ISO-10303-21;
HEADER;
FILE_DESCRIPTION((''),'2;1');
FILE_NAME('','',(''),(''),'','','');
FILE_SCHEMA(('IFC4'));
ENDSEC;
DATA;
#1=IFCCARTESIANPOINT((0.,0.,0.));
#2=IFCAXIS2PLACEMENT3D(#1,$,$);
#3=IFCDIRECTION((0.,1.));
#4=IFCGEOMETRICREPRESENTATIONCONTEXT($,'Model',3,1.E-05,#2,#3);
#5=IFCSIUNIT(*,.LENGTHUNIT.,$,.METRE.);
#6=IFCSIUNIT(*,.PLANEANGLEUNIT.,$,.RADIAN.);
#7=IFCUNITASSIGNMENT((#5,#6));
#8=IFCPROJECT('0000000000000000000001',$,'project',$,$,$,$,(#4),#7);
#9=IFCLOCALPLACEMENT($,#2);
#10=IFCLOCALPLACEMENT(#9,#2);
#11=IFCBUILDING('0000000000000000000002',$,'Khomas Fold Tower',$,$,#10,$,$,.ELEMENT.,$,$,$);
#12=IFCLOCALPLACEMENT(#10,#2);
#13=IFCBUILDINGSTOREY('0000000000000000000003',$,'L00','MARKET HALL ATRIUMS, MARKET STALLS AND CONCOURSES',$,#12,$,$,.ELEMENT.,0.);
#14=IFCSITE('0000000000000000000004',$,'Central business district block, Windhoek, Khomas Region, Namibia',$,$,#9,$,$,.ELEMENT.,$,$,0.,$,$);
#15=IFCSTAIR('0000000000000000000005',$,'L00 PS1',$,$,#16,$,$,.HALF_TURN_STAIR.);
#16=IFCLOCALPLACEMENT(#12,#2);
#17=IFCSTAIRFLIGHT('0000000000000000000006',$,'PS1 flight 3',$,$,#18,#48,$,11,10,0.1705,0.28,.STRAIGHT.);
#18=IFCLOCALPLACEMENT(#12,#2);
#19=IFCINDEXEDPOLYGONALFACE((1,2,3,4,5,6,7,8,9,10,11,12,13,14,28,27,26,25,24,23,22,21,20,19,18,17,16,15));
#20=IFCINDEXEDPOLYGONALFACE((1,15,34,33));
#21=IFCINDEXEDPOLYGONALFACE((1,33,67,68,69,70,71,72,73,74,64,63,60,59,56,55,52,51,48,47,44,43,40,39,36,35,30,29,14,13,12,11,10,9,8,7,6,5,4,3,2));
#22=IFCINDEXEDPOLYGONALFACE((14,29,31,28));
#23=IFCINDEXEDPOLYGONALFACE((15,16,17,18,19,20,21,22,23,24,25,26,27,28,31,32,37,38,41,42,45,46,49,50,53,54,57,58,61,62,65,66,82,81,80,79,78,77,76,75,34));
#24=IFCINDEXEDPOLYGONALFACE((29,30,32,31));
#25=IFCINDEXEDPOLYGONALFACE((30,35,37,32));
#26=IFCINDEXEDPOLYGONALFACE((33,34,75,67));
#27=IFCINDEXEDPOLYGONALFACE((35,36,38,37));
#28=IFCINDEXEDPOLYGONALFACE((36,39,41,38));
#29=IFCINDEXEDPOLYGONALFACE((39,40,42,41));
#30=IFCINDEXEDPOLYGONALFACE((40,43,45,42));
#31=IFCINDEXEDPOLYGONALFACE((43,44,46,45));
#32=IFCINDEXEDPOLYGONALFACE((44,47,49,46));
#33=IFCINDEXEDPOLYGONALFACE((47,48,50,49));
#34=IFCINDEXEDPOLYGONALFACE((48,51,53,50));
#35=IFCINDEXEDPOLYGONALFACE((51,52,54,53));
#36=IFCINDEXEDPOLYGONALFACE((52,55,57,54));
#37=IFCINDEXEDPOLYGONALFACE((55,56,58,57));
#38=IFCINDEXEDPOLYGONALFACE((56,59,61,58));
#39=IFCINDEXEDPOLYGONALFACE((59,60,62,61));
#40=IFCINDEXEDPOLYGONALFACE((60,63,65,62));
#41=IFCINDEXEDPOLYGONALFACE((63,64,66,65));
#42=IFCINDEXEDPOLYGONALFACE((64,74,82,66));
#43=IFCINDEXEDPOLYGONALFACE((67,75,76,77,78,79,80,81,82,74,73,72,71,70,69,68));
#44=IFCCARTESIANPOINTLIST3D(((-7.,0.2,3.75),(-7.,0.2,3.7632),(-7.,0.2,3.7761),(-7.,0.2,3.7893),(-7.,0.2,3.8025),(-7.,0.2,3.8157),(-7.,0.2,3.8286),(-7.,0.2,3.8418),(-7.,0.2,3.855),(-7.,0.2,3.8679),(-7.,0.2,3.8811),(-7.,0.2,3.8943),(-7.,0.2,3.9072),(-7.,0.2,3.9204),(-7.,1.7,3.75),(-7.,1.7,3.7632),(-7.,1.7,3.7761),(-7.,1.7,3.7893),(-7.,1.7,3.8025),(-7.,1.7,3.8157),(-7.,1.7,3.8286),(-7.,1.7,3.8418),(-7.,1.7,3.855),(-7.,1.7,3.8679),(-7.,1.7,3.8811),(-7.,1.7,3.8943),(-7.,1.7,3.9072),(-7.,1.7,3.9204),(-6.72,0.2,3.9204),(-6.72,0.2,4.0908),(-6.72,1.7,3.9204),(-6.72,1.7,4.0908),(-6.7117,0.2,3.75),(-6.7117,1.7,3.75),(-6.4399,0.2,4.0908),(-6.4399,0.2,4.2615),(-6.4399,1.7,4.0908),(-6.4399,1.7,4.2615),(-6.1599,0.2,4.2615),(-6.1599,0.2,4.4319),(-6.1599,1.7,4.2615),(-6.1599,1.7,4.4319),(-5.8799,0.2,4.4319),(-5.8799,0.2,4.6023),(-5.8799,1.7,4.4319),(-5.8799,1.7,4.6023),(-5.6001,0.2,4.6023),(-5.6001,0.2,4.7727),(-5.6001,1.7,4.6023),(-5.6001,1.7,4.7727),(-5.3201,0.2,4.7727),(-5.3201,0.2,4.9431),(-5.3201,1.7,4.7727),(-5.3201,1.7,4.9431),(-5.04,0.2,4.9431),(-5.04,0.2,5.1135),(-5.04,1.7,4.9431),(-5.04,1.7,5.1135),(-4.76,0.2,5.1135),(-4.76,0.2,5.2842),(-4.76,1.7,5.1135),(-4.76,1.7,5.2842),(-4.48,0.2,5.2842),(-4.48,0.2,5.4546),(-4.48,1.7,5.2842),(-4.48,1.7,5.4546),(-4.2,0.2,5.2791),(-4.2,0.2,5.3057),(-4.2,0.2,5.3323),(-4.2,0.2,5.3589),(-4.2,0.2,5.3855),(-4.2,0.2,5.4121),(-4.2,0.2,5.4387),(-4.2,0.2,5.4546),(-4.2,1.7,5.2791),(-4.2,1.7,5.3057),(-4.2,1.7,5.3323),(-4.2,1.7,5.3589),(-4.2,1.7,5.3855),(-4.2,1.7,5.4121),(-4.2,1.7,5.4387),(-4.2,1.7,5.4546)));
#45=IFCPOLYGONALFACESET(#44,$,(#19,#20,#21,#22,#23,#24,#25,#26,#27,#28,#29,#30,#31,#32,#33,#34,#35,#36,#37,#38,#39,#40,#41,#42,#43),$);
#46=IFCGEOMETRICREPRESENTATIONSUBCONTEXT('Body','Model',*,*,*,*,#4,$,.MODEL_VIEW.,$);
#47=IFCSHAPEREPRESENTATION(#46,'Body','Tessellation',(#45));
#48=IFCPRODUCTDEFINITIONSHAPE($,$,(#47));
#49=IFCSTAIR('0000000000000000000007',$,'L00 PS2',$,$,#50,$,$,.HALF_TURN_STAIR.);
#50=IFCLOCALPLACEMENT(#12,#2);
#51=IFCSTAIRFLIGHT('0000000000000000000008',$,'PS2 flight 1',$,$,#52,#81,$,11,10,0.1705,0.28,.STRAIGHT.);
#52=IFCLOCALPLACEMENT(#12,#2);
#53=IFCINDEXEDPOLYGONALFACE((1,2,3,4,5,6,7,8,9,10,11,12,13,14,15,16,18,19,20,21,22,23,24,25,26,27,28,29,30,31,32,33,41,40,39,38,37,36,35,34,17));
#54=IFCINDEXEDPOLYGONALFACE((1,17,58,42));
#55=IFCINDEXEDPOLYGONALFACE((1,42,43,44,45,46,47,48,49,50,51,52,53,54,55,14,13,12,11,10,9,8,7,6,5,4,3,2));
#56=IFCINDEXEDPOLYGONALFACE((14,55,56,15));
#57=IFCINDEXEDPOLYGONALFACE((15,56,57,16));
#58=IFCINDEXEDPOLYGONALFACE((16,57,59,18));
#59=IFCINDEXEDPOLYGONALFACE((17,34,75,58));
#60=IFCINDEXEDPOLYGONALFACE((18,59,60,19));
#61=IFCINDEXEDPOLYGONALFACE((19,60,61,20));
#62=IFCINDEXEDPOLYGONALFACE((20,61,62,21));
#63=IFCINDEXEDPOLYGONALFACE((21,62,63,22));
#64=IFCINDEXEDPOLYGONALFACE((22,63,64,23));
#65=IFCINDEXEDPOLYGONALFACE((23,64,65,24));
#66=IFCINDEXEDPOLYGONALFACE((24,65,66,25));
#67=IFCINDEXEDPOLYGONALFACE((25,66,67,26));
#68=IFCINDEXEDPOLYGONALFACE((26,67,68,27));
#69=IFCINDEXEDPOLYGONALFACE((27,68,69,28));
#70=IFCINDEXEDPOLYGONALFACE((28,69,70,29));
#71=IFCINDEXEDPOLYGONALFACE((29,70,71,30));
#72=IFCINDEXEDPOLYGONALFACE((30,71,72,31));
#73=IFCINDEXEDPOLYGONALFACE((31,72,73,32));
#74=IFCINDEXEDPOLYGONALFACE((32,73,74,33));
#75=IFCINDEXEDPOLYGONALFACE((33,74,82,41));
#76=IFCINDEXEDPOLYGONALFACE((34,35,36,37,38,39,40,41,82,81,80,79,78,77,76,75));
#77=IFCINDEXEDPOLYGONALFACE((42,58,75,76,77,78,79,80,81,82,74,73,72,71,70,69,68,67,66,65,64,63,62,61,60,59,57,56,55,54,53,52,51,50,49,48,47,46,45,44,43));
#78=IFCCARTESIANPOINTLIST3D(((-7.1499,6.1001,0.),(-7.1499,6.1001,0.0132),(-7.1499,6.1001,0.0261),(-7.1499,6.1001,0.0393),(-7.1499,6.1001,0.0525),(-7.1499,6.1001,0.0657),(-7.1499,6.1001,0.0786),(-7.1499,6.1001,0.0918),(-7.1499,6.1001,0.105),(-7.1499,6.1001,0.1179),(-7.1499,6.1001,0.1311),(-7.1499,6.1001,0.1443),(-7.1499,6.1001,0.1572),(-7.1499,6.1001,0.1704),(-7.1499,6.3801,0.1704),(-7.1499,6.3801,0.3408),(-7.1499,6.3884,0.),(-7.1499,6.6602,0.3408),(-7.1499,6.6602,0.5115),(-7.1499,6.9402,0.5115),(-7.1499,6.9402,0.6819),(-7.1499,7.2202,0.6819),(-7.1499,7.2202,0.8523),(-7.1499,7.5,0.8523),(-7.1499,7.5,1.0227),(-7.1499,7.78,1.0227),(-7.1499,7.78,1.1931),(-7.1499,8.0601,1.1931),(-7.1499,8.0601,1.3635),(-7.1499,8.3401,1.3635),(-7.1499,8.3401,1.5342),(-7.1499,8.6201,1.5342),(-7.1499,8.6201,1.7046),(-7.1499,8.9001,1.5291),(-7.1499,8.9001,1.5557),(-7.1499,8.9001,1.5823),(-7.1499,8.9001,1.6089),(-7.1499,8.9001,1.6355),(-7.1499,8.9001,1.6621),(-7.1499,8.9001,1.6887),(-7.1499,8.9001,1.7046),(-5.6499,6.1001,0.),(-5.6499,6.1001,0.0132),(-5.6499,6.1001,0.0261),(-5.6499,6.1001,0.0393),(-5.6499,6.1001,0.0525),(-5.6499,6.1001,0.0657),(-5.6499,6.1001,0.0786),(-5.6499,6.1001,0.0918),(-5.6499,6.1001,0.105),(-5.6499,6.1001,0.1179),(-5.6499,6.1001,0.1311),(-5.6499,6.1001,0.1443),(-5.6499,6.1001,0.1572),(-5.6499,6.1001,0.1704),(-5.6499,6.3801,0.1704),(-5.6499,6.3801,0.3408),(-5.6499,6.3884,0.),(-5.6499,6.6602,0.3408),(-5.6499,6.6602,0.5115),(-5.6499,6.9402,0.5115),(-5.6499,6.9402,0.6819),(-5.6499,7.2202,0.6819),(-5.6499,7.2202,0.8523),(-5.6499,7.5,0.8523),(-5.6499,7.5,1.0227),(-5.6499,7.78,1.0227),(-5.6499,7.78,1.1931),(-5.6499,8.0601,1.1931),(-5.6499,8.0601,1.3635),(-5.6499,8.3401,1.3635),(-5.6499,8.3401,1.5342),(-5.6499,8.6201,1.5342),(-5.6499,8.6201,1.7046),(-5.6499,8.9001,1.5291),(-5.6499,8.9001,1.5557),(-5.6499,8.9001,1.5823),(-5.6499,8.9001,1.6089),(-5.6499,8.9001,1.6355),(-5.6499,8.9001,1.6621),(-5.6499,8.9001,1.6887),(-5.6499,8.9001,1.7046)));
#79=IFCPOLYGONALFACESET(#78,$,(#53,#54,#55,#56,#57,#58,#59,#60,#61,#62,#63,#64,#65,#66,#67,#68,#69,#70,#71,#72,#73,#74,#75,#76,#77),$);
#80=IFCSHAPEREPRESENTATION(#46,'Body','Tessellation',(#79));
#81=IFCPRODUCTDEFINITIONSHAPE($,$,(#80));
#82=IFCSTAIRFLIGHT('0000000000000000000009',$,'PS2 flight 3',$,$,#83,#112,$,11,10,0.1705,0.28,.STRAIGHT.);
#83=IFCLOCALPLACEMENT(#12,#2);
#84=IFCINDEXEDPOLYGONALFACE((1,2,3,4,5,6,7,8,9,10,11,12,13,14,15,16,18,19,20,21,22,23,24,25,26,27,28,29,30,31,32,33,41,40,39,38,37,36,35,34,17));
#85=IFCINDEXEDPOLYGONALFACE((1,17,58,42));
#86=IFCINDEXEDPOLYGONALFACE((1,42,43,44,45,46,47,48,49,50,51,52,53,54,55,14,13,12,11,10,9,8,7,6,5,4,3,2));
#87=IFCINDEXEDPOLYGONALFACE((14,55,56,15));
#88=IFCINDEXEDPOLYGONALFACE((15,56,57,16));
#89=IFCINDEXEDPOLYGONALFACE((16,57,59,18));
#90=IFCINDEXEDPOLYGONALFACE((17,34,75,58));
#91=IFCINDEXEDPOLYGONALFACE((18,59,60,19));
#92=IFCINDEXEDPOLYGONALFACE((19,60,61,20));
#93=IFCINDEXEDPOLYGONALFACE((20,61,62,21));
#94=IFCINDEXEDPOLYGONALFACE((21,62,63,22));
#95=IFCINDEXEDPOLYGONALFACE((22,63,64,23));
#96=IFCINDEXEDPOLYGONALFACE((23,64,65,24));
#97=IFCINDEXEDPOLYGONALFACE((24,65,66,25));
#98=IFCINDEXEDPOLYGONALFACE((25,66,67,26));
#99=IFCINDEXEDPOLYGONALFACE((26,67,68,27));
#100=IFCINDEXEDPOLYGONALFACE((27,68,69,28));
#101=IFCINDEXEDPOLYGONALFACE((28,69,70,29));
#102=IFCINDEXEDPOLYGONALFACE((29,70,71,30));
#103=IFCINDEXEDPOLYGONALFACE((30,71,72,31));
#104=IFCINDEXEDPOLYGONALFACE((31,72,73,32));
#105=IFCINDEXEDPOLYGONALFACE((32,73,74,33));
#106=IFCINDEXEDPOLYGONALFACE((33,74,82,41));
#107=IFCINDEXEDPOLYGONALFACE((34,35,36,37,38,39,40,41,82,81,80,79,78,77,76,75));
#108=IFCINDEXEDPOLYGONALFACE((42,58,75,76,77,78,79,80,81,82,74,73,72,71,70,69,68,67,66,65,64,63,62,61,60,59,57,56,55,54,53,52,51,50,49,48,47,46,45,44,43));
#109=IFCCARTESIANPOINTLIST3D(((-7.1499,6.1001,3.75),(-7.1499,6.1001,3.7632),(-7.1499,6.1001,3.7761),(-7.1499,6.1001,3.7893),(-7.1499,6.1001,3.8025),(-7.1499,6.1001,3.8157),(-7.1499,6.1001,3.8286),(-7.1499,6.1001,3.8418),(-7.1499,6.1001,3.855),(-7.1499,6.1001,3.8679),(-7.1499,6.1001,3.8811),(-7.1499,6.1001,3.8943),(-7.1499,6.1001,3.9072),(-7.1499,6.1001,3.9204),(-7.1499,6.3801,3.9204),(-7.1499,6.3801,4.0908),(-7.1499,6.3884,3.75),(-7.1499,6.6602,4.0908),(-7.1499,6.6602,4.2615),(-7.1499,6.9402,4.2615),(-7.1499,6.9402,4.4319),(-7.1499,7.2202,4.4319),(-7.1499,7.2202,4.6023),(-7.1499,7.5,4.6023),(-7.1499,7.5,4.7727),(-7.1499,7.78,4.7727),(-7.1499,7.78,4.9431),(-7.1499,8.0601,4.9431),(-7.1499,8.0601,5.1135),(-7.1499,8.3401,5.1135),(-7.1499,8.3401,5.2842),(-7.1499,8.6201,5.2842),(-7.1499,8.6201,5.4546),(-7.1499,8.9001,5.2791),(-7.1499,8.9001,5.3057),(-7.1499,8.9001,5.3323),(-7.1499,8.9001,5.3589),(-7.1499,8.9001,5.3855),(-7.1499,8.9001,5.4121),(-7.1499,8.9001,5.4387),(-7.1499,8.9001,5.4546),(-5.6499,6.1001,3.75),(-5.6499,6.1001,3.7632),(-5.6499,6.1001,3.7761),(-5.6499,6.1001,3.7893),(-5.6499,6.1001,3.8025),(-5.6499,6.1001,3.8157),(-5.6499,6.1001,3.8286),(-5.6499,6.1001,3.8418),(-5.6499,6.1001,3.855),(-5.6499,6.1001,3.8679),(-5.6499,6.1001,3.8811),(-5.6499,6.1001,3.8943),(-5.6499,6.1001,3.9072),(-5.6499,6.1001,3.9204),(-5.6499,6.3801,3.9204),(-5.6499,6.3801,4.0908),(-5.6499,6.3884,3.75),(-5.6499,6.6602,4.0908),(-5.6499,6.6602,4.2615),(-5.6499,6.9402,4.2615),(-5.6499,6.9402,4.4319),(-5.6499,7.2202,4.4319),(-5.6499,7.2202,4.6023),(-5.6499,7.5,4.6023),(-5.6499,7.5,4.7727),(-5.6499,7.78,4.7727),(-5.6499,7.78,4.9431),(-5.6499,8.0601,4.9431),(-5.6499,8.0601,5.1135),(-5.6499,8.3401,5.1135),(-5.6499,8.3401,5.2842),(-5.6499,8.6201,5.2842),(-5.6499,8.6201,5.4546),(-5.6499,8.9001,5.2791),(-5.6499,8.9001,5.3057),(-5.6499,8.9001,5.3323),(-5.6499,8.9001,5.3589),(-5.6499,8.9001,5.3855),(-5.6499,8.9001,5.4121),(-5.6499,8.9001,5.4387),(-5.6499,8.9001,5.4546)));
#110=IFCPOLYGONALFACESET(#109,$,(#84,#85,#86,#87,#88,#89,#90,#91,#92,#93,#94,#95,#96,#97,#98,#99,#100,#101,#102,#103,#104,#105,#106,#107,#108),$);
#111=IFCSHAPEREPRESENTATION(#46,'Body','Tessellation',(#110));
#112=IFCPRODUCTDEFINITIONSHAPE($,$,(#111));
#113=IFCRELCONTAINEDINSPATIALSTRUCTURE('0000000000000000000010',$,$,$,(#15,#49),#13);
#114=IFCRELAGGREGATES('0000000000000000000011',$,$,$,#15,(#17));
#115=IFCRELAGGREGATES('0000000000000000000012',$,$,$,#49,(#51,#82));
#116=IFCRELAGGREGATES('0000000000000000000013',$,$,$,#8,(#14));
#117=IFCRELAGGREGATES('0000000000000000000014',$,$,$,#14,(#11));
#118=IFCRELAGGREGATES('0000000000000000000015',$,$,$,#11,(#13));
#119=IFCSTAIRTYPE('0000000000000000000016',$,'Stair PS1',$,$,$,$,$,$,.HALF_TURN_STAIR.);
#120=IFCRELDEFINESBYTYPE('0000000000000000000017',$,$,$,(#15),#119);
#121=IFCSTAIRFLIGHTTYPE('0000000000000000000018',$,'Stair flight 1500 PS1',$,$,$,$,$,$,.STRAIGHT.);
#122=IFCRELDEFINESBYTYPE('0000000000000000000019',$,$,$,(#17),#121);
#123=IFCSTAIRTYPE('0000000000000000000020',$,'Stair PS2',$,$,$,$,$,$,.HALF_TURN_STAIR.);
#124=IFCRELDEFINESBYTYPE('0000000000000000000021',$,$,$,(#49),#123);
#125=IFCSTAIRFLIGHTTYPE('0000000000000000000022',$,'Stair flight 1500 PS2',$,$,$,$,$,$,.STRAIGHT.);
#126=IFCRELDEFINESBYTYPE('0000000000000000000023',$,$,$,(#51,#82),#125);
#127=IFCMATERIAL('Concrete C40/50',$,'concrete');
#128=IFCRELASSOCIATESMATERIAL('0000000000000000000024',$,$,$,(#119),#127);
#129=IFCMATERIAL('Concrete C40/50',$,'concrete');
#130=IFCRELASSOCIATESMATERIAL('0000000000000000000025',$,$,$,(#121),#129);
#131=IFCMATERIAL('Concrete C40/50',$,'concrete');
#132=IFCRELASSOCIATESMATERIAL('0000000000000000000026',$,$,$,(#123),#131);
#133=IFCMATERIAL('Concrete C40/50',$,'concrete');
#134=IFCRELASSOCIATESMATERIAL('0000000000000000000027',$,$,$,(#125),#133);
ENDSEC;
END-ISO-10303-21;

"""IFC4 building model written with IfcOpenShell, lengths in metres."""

from ifc_helpers import new_model, si_unit, direction, frame, origin, place, context, subcontext, project, spatial, polyline, outline, extrude, source, transform, mapped, material, type_object, element, aggregate, save


model = new_model("IFC4")

# Units and contexts
model_context = context("Model", 3, precision=1e-05, world=origin(), true_north=direction((0.0, 1.0)))
body_context = subcontext(model_context, "Body", "Model", "MODEL_VIEW")
ifc_project = project(units=[si_unit("LENGTHUNIT", "METRE"), si_unit("PLANEANGLEUNIT", "RADIAN")], contexts=[model_context])

# Site, building, storey
site_placement = place(None, origin())
site = spatial("IfcSite", under=ifc_project, at=site_placement, Name="Central business district block, Windhoek, Khomas Region, Namibia", CompositionType="ELEMENT", RefElevation=0.0)
building_placement = place(site_placement, origin())
building = spatial("IfcBuilding", under=site, at=building_placement, Name="Khomas Fold Tower", CompositionType="ELEMENT")
storey_placement = place(building_placement, origin())
storey = spatial("IfcBuildingStorey", under=building, at=storey_placement, Name="L00", Description="MARKET HALL ATRIUMS, MARKET STALLS AND CONCOURSES", CompositionType="ELEMENT", Elevation=0.0)

# Stairs, stair flights
ifc_material_1 = material(Name="Concrete C40/50", Category="concrete")
stair_type_1 = type_object("IfcStairType", Name="Stair PS1", PredefinedType="HALF_TURN_STAIR", material=ifc_material_1)
stair_1_placement = place(storey_placement, origin())
stair_1 = element("IfcStair", 1, at=stair_1_placement, inside=storey, type_object=stair_type_1, Name="L00 PS1", PredefinedType="HALF_TURN_STAIR")
ifc_material_2 = material(Name="Concrete C40/50", Category="concrete")
stair_flight_type_1 = type_object("IfcStairFlightType", Name="Stair flight 1500 PS1", PredefinedType="STRAIGHT", material=ifc_material_2)
shared_shape_1 = source(origin(), body_context, "Body", "SweptSolid", [
    extrude(outline(polyline([(0.0, 0.0), (0.0, 0.0132), (0.0, 0.0261), (0.0, 0.0393), (0.0, 0.0525), (0.0, 0.0657), (0.0, 0.0786), (0.0, 0.0918), (0.0, 0.105), (0.0, 0.1179), (0.0, 0.1311), (0.0, 0.1443), (0.0, 0.1572), (0.0, 0.1704), (0.28, 0.1704), (0.28, 0.3408), (0.5601, 0.3408), (0.5601, 0.5115), (0.8401, 0.5115), (0.8401, 0.6819), (1.1201, 0.6819), (1.1201, 0.8523), (1.3999, 0.8523), (1.3999, 1.0227), (1.6799, 1.0227), (1.6799, 1.1931), (1.96, 1.1931), (1.96, 1.3635), (2.24, 1.3635), (2.24, 1.5342), (2.52, 1.5342), (2.52, 1.7046), (2.8, 1.7046), (2.8, 1.875), (2.8, 1.8484), (2.8, 1.8218), (2.8, 1.7952), (2.8, 1.7686), (2.8, 1.7419), (2.8, 1.7153), (2.8, 1.6887), (2.8, 1.6621), (2.8, 1.6355), (2.8, 1.6089), (2.8, 1.5823), (2.8, 1.5557), (2.8, 1.5291), (0.2883, 0.0), (0.0, 0.0)])), frame((0.0, 0.75, 0.0), z_axis=(0.0, -1.0, 0.0), x_axis=(1.0, 0.0, 0.0)), (0.0, 0.0, 1.0), 1.5),
])
stair_flight_1_placement = place(storey_placement, frame((-7.0, 0.95, 3.75), z_axis=(0.0, 0.0, 1.0), x_axis=(1.0, 0.0, 0.0)))
stair_flight_1 = element("IfcStairFlight", 2, at=stair_flight_1_placement, type_object=stair_flight_type_1, Name="PS1 flight 3", NumberOfRisers=11, NumberOfTreads=10, PredefinedType="STRAIGHT", RiserHeight=0.1705, TreadLength=0.28, context=body_context, shape_type="MappedRepresentation", body=[
    mapped(shared_shape_1, transform((0.0, 0.0, 0.0))),
])
aggregate(stair_1, [stair_flight_1])
ifc_material_3 = material(Name="Concrete C40/50", Category="concrete")
stair_type_2 = type_object("IfcStairType", Name="Stair PS2", PredefinedType="HALF_TURN_STAIR", material=ifc_material_3)
stair_2_placement = place(storey_placement, origin())
stair_2 = element("IfcStair", 3, at=stair_2_placement, inside=storey, type_object=stair_type_2, Name="L00 PS2", PredefinedType="HALF_TURN_STAIR")
ifc_material_4 = material(Name="Concrete C40/50", Category="concrete")
stair_flight_type_2 = type_object("IfcStairFlightType", Name="Stair flight 1500 PS2", PredefinedType="STRAIGHT", material=ifc_material_4)
stair_flight_2_placement = place(storey_placement, frame((-6.3999, 6.1001, 0.0), z_axis=(0.0, 0.0, 1.0), x_axis=(0.0, 1.0, 0.0)))
stair_flight_2 = element("IfcStairFlight", 4, at=stair_flight_2_placement, type_object=stair_flight_type_2, Name="PS2 flight 1", NumberOfRisers=11, NumberOfTreads=10, PredefinedType="STRAIGHT", RiserHeight=0.1705, TreadLength=0.28, context=body_context, shape_type="MappedRepresentation", body=[
    mapped(shared_shape_1, transform((0.0, 0.0, 0.0))),
])
stair_flight_3_placement = place(storey_placement, frame((-6.3999, 6.1001, 3.75), z_axis=(0.0, 0.0, 1.0), x_axis=(0.0, 1.0, 0.0)))
stair_flight_3 = element("IfcStairFlight", 5, at=stair_flight_3_placement, type_object=stair_flight_type_2, Name="PS2 flight 3", NumberOfRisers=11, NumberOfTreads=10, PredefinedType="STRAIGHT", RiserHeight=0.1705, TreadLength=0.28, context=body_context, shape_type="MappedRepresentation", body=[
    mapped(shared_shape_1, transform((0.0, 0.0, 0.0))),
])
aggregate(stair_2, [stair_flight_2, stair_flight_3])

save(model, "model.ifc")
